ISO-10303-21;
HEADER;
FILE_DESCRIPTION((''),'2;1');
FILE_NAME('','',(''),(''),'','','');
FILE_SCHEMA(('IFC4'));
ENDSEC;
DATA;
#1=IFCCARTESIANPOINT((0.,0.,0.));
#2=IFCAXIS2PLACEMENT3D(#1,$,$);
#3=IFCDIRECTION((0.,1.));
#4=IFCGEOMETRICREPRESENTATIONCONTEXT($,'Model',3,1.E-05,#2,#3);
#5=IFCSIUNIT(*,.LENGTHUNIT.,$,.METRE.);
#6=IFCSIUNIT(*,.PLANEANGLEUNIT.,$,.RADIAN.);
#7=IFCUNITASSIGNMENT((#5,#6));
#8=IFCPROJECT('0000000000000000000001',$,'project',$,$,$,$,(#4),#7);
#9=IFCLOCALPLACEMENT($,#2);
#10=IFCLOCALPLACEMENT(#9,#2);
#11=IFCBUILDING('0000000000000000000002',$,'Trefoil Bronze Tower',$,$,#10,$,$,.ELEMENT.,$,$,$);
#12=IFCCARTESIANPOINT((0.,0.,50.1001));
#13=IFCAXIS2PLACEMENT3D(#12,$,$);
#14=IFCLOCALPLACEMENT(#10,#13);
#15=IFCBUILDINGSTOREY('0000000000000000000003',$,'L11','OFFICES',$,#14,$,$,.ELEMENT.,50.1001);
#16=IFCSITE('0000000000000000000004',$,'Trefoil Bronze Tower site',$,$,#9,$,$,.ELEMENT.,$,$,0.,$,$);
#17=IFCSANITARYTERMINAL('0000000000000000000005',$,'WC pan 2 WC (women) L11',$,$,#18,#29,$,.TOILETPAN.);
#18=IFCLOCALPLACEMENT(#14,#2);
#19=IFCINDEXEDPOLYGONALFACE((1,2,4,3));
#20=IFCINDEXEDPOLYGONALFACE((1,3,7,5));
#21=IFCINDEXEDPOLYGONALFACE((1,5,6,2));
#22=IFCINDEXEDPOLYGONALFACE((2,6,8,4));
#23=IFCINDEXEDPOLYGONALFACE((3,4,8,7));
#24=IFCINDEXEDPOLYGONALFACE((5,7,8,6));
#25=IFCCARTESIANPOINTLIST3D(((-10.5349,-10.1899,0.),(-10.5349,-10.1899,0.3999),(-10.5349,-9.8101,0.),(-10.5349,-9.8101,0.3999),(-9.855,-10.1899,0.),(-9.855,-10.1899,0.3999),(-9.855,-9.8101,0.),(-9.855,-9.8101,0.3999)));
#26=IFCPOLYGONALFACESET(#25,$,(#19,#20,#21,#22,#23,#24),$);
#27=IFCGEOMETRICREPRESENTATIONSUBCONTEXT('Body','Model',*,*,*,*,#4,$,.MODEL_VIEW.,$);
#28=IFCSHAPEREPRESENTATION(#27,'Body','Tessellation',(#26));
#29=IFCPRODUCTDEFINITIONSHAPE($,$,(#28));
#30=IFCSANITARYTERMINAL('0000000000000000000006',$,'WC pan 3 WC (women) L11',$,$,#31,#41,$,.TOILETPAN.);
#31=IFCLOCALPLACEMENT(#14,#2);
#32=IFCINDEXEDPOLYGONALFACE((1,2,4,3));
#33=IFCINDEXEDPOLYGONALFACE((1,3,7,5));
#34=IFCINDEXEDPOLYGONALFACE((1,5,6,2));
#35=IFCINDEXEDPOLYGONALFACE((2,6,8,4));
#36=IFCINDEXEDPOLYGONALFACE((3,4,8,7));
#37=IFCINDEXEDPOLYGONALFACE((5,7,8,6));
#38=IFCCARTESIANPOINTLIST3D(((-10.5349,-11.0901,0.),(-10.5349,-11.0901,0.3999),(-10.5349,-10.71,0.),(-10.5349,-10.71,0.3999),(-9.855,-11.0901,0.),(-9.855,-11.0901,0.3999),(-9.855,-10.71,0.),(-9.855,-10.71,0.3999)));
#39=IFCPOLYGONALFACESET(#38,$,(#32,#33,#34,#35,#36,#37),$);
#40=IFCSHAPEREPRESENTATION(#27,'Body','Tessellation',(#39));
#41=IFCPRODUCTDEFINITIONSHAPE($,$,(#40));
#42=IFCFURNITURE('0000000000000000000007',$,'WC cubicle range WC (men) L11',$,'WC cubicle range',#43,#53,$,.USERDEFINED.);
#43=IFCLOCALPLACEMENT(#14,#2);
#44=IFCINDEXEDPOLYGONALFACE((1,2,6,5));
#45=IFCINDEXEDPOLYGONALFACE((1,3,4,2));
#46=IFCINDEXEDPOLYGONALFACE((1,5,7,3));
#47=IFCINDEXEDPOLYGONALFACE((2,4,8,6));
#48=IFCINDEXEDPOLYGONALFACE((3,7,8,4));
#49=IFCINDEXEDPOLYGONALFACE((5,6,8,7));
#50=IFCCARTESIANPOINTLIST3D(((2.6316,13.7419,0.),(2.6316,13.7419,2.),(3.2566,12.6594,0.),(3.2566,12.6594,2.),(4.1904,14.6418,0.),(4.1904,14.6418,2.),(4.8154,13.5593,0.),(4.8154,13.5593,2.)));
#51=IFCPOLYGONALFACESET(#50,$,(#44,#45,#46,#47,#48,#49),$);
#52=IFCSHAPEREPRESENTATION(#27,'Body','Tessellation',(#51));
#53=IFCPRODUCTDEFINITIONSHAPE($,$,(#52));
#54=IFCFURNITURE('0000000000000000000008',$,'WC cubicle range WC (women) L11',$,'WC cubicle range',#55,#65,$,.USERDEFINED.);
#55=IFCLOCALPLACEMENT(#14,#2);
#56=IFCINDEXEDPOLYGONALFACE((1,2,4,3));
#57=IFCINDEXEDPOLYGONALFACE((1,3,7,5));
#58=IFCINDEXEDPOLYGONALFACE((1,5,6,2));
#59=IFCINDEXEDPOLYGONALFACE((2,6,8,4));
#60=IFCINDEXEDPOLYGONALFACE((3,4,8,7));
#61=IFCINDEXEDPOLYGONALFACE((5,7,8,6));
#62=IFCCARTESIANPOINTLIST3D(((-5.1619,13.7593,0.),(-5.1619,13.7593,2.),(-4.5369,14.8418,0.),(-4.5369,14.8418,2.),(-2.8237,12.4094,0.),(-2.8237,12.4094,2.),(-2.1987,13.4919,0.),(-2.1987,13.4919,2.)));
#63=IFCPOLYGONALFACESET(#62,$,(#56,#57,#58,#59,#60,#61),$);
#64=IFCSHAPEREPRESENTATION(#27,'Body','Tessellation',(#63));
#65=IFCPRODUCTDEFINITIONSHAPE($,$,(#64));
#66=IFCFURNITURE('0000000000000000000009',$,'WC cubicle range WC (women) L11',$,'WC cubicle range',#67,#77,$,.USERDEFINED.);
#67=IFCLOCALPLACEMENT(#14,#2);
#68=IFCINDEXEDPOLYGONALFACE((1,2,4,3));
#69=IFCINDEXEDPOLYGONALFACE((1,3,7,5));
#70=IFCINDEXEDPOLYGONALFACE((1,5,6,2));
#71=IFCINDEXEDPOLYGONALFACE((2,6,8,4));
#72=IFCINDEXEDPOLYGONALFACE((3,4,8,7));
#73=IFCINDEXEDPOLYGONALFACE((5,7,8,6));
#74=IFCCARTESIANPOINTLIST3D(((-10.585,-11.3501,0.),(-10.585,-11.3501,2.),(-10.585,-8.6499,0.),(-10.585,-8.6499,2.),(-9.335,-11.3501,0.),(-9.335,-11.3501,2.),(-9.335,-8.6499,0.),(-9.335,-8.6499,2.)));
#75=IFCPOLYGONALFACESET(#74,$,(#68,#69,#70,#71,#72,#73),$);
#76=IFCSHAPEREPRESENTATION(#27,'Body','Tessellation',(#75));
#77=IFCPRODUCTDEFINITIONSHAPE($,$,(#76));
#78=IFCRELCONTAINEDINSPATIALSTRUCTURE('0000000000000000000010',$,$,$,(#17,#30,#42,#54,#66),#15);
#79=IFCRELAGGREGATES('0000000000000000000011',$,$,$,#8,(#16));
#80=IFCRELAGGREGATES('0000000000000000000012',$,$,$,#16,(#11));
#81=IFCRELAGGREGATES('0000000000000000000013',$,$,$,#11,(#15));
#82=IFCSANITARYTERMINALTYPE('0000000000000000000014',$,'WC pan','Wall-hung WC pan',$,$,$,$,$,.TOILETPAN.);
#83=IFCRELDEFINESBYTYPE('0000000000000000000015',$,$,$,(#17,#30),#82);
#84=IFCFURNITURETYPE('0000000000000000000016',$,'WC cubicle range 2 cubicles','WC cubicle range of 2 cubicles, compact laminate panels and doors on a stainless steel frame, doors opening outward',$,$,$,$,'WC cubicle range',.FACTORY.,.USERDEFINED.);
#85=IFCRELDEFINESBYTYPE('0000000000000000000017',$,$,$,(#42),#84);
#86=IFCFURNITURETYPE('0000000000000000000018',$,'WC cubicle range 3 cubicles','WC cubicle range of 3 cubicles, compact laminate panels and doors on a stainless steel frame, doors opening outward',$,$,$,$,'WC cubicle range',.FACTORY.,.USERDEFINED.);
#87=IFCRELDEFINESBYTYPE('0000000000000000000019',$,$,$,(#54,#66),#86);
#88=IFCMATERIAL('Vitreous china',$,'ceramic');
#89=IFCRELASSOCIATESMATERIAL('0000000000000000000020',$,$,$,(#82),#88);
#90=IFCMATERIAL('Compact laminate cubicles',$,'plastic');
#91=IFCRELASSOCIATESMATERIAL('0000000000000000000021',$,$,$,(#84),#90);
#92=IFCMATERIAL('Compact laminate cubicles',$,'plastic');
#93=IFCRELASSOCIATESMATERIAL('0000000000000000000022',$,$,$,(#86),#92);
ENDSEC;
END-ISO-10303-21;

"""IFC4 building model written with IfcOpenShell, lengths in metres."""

from ifc_helpers import new_model, si_unit, direction, frame, origin, place, context, subcontext, project, spatial, polyline, outline, extrude, material, type_object, element, save


model = new_model("IFC4")

# Units and contexts
model_context = context("Model", 3, precision=1e-05, world=origin(), true_north=direction((0.0, 1.0)))
body_context = subcontext(model_context, "Body", "Model", "MODEL_VIEW")
ifc_project = project(units=[si_unit("LENGTHUNIT", "METRE"), si_unit("PLANEANGLEUNIT", "RADIAN")], contexts=[model_context])

# Site, building, storey
site_placement = place(None, origin())
site = spatial("IfcSite", under=ifc_project, at=site_placement, Name="Trefoil Bronze Tower site", CompositionType="ELEMENT", RefElevation=0.0)
building_placement = place(site_placement, origin())
building = spatial("IfcBuilding", under=site, at=building_placement, Name="Trefoil Bronze Tower", CompositionType="ELEMENT")
storey_placement = place(building_placement, frame((0.0, 0.0, 50.1001)))
storey = spatial("IfcBuildingStorey", under=building, at=storey_placement, Name="L11", Description="OFFICES", CompositionType="ELEMENT", Elevation=50.1001)

# Sanitary terminals
ifc_material_1 = material(Name="Vitreous china", Category="ceramic")
sanitary_terminal_type_1 = type_object("IfcSanitaryTerminalType", Name="WC pan", Description="Wall-hung WC pan", PredefinedType="TOILETPAN", material=ifc_material_1)
sanitary_terminal_1_placement = place(storey_placement, origin())
element("IfcSanitaryTerminal", 1, at=sanitary_terminal_1_placement, inside=storey, type_object=sanitary_terminal_type_1, Name="WC pan 2 WC (women) L11", PredefinedType="TOILETPAN", context=body_context, shape_type="SweptSolid", body=[
    extrude(outline(polyline([(-9.855, -9.8101), (-10.5349, -9.8101), (-10.5349, -10.1899), (-9.855, -10.1899), (-9.855, -9.8101)])), origin(), (0.0, 0.0, 1.0), 0.3999),
])
sanitary_terminal_2_placement = place(storey_placement, origin())
element("IfcSanitaryTerminal", 2, at=sanitary_terminal_2_placement, inside=storey, type_object=sanitary_terminal_type_1, Name="WC pan 3 WC (women) L11", PredefinedType="TOILETPAN", context=body_context, shape_type="SweptSolid", body=[
    extrude(outline(polyline([(-9.855, -10.71), (-10.5349, -10.71), (-10.5349, -11.0901), (-9.855, -11.0901), (-9.855, -10.71)])), origin(), (0.0, 0.0, 1.0), 0.3999),
])

# Furniture
ifc_material_2 = material(Name="Compact laminate cubicles", Category="plastic")
furniture_type_1 = type_object("IfcFurnitureType", Name="WC cubicle range 2 cubicles", Description="WC cubicle range of 2 cubicles, compact laminate panels and doors on a stainless steel frame, doors opening outward", ElementType="WC cubicle range", AssemblyPlace="FACTORY", PredefinedType="USERDEFINED", material=ifc_material_2)
furniture_1_placement = place(storey_placement, origin())
element("IfcFurniture", 3, at=furniture_1_placement, inside=storey, type_object=furniture_type_1, Name="WC cubicle range WC (men) L11", ObjectType="WC cubicle range", PredefinedType="USERDEFINED", context=body_context, shape_type="SweptSolid", body=[
    extrude(outline(polyline([(3.2566, 12.6594), (2.6316, 13.7419), (4.1904, 14.6418), (4.8154, 13.5593), (3.2566, 12.6594)])), origin(), (0.0, 0.0, 1.0), 2.0),
])
ifc_material_3 = material(Name="Compact laminate cubicles", Category="plastic")
furniture_type_2 = type_object("IfcFurnitureType", Name="WC cubicle range 3 cubicles", Description="WC cubicle range of 3 cubicles, compact laminate panels and doors on a stainless steel frame, doors opening outward", ElementType="WC cubicle range", AssemblyPlace="FACTORY", PredefinedType="USERDEFINED", material=ifc_material_3)
furniture_2_placement = place(storey_placement, origin())
element("IfcFurniture", 4, at=furniture_2_placement, inside=storey, type_object=furniture_type_2, Name="WC cubicle range WC (women) L11", ObjectType="WC cubicle range", PredefinedType="USERDEFINED", context=body_context, shape_type="SweptSolid", body=[
    extrude(outline(polyline([(-2.8237, 12.4094), (-2.1987, 13.4919), (-4.5369, 14.8418), (-5.1619, 13.7593), (-2.8237, 12.4094)])), origin(), (0.0, 0.0, 1.0), 2.0),
])
furniture_3_placement = place(storey_placement, origin())
element("IfcFurniture", 5, at=furniture_3_placement, inside=storey, type_object=furniture_type_2, Name="WC cubicle range WC (women) L11", ObjectType="WC cubicle range", PredefinedType="USERDEFINED", context=body_context, shape_type="SweptSolid", body=[
    extrude(outline(polyline([(-9.335, -8.6499), (-10.585, -8.6499), (-10.585, -11.3501), (-9.335, -11.3501), (-9.335, -8.6499)])), origin(), (0.0, 0.0, 1.0), 2.0),
])

save(model, "model.ifc")
